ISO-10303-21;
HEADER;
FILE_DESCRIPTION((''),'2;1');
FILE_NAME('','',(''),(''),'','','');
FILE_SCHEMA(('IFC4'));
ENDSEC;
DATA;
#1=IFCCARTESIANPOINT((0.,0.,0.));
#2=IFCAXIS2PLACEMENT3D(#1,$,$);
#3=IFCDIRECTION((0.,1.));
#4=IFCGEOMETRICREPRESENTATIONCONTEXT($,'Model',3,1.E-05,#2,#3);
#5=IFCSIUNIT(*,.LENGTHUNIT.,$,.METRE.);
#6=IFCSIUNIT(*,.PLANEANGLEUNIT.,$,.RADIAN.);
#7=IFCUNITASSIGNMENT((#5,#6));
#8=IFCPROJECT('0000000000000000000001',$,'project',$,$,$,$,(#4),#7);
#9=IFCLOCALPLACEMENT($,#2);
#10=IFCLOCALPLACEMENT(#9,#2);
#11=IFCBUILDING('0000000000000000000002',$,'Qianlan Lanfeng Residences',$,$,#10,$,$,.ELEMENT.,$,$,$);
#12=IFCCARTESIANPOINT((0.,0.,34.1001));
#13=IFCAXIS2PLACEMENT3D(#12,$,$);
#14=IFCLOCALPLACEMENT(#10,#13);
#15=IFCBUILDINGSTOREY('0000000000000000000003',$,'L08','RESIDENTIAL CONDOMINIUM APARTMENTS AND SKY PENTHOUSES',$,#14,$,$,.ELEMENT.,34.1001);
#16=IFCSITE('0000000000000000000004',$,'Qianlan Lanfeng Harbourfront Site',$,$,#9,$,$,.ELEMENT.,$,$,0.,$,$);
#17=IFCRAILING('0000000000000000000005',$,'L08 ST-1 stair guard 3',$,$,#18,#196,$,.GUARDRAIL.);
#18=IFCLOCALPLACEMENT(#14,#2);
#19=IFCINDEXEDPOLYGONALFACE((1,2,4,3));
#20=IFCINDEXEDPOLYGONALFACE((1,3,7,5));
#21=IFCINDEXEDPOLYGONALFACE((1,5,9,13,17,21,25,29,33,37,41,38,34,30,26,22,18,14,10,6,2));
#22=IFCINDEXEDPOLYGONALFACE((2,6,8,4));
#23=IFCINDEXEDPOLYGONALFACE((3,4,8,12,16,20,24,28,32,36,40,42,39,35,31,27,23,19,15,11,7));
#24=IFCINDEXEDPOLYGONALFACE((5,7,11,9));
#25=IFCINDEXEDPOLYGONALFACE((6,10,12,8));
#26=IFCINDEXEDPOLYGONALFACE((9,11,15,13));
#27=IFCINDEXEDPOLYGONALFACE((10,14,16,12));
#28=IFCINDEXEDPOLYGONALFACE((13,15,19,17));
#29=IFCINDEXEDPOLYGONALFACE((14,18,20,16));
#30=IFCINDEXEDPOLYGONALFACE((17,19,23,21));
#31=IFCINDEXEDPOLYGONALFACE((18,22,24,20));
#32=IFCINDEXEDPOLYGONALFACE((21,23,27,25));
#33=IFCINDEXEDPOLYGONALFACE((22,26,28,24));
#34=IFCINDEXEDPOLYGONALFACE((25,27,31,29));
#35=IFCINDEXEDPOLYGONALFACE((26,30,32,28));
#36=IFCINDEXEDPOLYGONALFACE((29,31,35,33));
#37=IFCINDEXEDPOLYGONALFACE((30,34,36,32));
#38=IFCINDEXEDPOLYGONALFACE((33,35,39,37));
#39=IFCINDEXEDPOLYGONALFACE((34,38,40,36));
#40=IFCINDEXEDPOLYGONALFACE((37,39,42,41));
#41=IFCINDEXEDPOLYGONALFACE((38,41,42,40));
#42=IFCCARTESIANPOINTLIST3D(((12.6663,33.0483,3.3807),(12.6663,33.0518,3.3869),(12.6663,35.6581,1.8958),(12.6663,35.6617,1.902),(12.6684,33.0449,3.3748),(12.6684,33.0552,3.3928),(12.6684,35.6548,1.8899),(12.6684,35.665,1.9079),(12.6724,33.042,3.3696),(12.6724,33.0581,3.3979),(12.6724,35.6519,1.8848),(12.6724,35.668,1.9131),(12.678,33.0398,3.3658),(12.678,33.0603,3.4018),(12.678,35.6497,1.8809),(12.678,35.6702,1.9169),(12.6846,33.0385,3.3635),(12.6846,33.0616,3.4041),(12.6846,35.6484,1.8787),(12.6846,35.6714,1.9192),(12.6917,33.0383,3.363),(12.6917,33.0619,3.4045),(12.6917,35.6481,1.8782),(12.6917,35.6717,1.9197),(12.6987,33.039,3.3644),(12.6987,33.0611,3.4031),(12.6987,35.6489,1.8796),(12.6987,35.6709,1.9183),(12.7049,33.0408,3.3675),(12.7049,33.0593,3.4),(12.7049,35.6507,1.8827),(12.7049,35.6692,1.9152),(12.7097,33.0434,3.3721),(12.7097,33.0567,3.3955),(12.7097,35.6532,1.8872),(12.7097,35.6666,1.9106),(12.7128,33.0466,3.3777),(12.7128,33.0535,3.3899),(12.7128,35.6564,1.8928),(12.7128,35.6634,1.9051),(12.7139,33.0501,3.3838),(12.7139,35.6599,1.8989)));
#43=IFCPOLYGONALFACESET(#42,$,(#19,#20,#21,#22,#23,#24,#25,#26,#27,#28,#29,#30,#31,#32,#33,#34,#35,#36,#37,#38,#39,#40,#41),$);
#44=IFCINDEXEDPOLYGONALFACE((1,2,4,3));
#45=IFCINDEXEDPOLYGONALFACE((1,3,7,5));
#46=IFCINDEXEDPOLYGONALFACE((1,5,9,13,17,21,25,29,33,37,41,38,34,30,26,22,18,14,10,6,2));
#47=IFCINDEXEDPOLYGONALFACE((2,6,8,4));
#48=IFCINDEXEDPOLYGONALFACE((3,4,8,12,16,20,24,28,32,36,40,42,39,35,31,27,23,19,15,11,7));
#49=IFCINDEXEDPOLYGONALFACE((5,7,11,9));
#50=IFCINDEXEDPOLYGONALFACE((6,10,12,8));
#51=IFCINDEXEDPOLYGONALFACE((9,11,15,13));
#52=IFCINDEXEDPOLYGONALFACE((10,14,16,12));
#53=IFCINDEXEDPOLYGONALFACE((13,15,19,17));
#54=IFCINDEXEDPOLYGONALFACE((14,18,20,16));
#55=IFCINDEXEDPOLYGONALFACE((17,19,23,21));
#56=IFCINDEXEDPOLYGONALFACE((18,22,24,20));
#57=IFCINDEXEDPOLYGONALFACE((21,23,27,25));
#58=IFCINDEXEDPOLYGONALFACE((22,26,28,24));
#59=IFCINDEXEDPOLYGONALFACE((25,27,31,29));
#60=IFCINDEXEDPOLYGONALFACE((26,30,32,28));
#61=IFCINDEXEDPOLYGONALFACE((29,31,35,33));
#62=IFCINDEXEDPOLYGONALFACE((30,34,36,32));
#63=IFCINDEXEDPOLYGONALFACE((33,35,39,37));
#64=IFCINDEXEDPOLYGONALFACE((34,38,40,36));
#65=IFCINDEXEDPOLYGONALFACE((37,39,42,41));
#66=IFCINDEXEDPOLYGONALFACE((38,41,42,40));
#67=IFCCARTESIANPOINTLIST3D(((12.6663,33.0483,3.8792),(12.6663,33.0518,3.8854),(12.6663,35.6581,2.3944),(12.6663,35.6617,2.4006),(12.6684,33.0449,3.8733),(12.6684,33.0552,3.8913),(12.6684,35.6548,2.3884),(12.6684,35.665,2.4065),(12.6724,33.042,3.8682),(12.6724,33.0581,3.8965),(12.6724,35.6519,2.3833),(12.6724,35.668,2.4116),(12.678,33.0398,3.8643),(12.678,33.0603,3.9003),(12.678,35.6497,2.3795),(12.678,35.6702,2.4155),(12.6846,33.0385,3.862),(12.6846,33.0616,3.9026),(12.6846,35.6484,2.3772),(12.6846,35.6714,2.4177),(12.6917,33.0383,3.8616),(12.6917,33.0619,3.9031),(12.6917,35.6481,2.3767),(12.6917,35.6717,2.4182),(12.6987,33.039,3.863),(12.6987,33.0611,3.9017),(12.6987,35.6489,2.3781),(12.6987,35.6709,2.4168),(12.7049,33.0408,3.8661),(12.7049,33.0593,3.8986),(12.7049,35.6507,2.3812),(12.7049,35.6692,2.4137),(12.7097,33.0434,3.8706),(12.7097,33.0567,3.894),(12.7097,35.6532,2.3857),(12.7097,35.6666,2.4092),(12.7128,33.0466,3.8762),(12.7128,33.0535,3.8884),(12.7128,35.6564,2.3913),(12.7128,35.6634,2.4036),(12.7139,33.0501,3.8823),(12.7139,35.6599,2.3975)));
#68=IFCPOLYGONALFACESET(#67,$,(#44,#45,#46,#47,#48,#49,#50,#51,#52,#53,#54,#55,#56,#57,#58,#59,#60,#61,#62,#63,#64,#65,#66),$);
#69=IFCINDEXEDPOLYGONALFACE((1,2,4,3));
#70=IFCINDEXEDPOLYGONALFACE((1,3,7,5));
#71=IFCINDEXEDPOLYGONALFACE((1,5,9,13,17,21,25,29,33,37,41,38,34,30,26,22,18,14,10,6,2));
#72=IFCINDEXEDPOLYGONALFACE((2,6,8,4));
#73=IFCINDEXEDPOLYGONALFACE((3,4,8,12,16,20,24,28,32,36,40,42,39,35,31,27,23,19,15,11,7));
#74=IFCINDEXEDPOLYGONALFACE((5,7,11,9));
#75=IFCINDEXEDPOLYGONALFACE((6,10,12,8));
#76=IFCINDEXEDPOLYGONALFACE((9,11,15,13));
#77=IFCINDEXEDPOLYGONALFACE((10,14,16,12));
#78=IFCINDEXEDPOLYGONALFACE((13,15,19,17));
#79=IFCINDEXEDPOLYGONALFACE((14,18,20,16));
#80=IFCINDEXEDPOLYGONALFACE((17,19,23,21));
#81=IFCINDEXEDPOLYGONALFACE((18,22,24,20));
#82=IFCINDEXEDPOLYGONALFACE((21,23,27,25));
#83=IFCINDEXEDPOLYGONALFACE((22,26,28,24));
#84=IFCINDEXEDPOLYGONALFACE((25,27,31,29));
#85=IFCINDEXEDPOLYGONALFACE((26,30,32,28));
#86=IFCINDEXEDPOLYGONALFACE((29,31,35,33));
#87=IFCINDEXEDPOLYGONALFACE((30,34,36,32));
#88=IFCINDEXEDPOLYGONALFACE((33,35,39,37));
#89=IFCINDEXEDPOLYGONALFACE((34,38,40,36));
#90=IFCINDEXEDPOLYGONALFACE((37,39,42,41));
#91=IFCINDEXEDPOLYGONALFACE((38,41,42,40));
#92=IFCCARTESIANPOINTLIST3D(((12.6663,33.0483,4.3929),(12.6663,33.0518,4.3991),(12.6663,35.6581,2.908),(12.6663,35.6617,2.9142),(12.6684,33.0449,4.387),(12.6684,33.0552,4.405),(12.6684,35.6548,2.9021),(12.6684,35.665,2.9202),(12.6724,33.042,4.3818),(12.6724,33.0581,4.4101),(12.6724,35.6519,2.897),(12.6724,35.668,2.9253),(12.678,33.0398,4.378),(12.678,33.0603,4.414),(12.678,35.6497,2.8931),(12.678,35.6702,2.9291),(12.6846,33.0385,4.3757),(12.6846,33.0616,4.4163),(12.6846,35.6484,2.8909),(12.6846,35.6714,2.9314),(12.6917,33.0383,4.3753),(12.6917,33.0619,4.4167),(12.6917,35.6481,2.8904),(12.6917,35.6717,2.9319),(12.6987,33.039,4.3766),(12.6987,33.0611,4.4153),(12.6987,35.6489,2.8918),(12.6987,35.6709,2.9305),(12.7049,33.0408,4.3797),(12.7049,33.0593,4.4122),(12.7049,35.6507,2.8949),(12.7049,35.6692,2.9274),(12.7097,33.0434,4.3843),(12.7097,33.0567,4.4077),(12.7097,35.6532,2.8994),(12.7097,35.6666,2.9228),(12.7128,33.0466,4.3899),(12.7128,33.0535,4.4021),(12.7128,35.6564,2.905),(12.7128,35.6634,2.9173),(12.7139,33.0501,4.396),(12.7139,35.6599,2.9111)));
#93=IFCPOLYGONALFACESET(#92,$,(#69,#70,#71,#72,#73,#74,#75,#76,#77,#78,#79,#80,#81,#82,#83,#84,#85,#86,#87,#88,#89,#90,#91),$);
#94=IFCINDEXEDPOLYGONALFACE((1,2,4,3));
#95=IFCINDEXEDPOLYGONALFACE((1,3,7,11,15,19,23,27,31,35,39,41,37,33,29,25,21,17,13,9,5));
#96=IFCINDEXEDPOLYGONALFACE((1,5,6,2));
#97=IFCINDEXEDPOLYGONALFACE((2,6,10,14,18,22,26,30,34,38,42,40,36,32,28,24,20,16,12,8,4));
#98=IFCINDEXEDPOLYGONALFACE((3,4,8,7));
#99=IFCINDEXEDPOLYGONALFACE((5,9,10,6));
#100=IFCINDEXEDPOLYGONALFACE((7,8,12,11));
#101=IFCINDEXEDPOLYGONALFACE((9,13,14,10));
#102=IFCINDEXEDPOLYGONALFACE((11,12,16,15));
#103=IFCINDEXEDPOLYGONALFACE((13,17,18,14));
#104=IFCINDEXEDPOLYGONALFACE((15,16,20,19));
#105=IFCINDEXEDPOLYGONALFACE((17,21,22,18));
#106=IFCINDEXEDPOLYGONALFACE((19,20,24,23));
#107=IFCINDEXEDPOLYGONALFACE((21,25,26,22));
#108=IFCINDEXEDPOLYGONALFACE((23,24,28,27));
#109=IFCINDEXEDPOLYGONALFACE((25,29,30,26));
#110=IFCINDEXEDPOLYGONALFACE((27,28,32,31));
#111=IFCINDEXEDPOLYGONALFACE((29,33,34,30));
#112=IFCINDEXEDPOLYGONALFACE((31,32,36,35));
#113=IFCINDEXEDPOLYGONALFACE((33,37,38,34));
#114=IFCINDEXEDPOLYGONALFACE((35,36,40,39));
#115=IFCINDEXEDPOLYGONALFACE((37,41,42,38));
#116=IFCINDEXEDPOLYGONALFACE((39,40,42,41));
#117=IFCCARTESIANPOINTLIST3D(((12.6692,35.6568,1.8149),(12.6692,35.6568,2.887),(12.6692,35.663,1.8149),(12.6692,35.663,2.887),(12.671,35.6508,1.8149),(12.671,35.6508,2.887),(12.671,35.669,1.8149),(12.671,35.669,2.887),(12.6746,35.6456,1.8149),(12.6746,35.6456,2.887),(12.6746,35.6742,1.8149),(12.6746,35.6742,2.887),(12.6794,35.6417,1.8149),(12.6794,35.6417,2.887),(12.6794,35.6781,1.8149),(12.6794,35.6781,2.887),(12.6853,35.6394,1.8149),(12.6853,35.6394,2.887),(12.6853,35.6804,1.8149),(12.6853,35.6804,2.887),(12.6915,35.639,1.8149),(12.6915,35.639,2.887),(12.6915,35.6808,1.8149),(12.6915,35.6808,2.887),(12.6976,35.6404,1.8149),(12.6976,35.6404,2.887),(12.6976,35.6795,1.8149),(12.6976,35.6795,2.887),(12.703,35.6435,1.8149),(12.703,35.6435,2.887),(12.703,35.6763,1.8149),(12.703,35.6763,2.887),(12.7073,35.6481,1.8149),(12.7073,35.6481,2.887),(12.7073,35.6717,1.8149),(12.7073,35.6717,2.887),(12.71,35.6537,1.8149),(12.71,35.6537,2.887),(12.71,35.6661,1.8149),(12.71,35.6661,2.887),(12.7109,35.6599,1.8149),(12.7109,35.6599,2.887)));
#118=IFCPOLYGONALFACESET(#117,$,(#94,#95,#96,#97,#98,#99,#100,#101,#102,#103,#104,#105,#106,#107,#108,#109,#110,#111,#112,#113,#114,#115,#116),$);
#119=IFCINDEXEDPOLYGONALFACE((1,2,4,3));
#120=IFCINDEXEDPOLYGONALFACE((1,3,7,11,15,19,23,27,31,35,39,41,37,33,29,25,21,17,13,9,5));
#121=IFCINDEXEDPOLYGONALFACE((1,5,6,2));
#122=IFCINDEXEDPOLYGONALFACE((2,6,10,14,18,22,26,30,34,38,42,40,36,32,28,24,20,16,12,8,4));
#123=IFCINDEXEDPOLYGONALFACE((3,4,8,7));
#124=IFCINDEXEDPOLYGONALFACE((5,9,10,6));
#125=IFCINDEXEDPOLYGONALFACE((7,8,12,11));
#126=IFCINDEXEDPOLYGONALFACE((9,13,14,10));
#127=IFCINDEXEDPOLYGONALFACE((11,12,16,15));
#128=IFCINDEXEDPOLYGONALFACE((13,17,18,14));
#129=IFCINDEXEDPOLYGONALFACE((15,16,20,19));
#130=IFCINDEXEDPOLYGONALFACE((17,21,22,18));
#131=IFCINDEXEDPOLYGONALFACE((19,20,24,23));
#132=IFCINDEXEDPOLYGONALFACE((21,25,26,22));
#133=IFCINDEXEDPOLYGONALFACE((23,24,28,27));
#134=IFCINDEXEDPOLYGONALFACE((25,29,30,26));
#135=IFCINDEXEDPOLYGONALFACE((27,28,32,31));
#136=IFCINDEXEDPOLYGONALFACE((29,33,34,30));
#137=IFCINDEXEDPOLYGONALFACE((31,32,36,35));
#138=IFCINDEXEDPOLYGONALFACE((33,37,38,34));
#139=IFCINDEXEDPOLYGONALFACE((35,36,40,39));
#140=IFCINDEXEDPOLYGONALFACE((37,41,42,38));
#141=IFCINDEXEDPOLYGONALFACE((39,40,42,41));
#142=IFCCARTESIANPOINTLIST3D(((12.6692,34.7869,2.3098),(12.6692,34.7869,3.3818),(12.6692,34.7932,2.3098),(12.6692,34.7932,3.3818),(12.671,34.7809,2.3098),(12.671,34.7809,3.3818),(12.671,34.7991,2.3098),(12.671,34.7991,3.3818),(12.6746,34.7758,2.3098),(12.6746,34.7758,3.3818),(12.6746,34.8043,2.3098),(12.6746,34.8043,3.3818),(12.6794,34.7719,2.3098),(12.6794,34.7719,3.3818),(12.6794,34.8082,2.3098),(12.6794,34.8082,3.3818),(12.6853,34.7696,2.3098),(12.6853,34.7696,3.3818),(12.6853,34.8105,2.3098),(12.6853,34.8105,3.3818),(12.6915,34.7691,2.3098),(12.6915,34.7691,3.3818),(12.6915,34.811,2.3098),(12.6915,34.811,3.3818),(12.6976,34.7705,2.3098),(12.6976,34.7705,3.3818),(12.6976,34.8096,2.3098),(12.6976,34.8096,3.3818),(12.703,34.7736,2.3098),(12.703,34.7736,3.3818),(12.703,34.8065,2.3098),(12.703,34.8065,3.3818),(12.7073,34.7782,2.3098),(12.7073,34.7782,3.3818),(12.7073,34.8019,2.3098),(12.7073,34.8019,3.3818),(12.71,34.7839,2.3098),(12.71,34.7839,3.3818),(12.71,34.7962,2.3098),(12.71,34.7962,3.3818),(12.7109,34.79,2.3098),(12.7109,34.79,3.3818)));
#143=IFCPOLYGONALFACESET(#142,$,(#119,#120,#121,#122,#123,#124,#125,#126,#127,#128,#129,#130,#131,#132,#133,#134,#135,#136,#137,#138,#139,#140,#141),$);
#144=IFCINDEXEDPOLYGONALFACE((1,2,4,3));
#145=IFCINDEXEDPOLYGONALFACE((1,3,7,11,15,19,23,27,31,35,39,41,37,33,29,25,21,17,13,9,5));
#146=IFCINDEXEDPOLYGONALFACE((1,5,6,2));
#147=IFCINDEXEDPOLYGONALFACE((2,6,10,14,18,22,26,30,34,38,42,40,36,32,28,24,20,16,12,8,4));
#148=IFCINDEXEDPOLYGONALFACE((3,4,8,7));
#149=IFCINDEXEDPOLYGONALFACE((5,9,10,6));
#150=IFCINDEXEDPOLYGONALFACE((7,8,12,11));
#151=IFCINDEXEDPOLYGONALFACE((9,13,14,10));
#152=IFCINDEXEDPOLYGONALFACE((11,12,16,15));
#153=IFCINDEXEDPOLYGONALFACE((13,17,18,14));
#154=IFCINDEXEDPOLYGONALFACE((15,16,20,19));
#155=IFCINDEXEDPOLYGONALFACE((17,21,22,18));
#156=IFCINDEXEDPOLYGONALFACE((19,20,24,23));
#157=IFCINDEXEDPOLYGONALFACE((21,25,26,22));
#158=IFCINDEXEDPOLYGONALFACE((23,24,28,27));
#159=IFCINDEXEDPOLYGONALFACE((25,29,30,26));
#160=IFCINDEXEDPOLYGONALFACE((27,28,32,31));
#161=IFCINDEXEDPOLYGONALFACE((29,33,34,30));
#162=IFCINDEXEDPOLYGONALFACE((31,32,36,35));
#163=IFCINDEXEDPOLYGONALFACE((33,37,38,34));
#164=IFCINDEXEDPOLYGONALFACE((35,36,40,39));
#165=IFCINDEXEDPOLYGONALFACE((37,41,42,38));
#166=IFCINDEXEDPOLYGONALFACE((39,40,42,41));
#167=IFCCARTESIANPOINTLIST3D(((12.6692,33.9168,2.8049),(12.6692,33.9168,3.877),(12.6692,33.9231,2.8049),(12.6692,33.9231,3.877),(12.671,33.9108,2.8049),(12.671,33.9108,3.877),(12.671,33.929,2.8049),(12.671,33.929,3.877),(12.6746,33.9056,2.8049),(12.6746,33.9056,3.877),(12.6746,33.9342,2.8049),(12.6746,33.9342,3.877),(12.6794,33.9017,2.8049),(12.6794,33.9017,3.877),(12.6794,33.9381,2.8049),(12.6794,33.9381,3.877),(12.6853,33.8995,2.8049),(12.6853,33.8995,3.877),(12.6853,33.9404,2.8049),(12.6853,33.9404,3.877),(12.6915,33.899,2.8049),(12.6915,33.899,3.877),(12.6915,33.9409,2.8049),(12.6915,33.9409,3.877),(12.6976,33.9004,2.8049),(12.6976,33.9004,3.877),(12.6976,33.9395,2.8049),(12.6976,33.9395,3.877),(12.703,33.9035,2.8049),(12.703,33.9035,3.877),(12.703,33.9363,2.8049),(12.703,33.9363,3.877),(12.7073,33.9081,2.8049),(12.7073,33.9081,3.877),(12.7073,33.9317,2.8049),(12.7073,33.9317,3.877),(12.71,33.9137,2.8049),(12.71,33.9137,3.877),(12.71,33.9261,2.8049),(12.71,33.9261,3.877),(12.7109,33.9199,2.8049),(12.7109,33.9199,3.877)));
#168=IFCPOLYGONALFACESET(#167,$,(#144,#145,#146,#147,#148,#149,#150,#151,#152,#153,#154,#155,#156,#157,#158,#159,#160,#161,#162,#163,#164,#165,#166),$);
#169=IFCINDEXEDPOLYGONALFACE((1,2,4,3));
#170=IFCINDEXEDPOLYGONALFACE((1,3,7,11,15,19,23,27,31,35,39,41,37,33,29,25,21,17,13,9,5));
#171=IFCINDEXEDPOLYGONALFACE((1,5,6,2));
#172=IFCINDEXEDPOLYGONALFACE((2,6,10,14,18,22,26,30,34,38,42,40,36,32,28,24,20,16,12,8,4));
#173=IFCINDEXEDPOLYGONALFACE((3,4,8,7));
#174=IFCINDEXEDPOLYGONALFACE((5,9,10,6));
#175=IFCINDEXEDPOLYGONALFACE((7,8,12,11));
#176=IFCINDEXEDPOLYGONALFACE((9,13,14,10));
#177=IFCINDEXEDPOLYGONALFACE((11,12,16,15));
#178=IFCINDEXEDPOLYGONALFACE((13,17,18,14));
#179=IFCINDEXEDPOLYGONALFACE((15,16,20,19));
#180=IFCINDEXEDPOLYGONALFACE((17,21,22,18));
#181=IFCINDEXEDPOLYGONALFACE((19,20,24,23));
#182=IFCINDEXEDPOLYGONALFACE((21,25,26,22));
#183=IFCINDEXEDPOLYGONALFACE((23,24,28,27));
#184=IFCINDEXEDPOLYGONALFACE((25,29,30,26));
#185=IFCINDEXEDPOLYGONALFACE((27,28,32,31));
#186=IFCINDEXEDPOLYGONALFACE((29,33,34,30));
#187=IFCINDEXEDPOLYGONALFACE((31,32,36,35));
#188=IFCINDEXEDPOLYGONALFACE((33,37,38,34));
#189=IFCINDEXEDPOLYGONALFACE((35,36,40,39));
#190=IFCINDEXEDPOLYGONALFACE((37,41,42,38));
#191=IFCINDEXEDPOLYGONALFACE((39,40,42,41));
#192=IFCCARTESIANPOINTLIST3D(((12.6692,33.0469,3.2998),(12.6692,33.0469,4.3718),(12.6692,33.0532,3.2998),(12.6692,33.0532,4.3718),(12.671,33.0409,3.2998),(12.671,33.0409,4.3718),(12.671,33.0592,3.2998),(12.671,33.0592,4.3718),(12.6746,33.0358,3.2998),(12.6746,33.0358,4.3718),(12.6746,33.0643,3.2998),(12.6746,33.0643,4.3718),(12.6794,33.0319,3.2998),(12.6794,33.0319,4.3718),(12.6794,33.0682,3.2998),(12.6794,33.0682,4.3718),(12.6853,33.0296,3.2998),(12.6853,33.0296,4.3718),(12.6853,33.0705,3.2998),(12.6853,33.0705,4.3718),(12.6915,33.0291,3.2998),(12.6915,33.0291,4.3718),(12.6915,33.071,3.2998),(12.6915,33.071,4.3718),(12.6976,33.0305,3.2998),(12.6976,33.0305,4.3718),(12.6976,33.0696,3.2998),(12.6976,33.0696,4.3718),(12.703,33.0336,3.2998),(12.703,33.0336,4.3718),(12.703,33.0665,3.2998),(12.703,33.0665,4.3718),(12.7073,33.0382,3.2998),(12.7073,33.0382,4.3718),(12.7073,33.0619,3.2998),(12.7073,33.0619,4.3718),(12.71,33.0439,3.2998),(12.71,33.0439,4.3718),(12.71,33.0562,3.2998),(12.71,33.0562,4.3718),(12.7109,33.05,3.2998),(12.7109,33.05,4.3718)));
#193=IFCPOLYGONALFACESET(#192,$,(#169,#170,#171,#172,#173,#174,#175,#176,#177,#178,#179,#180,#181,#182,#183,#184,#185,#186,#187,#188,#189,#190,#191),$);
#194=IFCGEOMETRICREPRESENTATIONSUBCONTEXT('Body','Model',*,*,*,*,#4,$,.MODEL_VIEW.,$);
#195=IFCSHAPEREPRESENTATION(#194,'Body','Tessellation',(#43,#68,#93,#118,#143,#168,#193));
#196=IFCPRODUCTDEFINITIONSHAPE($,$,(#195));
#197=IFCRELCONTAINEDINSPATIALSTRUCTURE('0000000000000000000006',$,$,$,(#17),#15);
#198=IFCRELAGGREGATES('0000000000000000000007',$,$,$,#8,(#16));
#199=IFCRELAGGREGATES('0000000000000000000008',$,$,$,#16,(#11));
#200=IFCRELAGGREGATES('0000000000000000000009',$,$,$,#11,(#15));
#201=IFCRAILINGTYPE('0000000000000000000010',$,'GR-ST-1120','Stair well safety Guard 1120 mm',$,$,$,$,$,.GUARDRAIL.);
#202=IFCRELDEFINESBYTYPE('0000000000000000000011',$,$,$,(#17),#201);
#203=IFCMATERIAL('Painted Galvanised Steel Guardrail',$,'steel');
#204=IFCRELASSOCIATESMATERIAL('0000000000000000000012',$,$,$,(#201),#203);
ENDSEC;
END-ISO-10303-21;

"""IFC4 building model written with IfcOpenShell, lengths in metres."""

from ifc_helpers import new_model, si_unit, direction, frame, origin, origin_2d, place, context, subcontext, project, spatial, circle, extrude, material, type_object, element, save


model = new_model("IFC4")

# Units and contexts
model_context = context("Model", 3, precision=1e-05, world=origin(), true_north=direction((0.0, 1.0)))
body_context = subcontext(model_context, "Body", "Model", "MODEL_VIEW")
ifc_project = project(units=[si_unit("LENGTHUNIT", "METRE"), si_unit("PLANEANGLEUNIT", "RADIAN")], contexts=[model_context])

# Site, building, storey
site_placement = place(None, origin())
site = spatial("IfcSite", under=ifc_project, at=site_placement, Name="Qianlan Lanfeng Harbourfront Site", CompositionType="ELEMENT", RefElevation=0.0)
building_placement = place(site_placement, origin())
building = spatial("IfcBuilding", under=site, at=building_placement, Name="Qianlan Lanfeng Residences", CompositionType="ELEMENT")
storey_placement = place(building_placement, frame((0.0, 0.0, 34.1001)))
storey = spatial("IfcBuildingStorey", under=building, at=storey_placement, Name="L08", Description="RESIDENTIAL CONDOMINIUM APARTMENTS AND SKY PENTHOUSES", CompositionType="ELEMENT", Elevation=34.1001)

# Railing
ifc_material_1 = material(Name="Painted Galvanised Steel Guardrail", Category="steel")
railing_type_1 = type_object("IfcRailingType", Name="GR-ST-1120", Description="Stair well safety Guard 1120 mm", PredefinedType="GUARDRAIL", material=ifc_material_1)
railing_1_placement = place(storey_placement, frame((12.6899, 35.6599, 1.8149)))
element("IfcRailing", 1, at=railing_1_placement, inside=storey, type_object=railing_type_1, Name="L08 ST-1 stair guard 3", PredefinedType="GUARDRAIL", context=body_context, shape_type="SweptSolid", body=[
    extrude(circle(Radius=0.0239, at=origin_2d()), frame((0.0, 0.0, 0.084), z_axis=(0.0, -0.869172, 0.494509), x_axis=(1.0, 0.0, 0.0)), (0.0, 0.0, 1.0), 3.0027),
    extrude(circle(Radius=0.0239, at=origin_2d()), frame((0.0, 0.0, 0.5825), z_axis=(0.0, -0.869172, 0.494509), x_axis=(1.0, 0.0, 0.0)), (0.0, 0.0, 1.0), 3.0027),
    extrude(circle(Radius=0.0239, at=origin_2d()), frame((0.0, 0.0, 1.0962), z_axis=(0.0, -0.869172, 0.494509), x_axis=(1.0, 0.0, 0.0)), (0.0, 0.0, 1.0), 3.0027),
    extrude(circle(Radius=0.021, at=origin_2d()), origin(), (0.0, 0.0, 1.0), 1.072),
    extrude(circle(Radius=0.021, at=origin_2d()), frame((0.0, -0.8699, 0.4949)), (0.0, 0.0, 1.0), 1.072),
    extrude(circle(Radius=0.021, at=origin_2d()), frame((0.0, -1.74, 0.99)), (0.0, 0.0, 1.0), 1.072),
    extrude(circle(Radius=0.021, at=origin_2d()), frame((0.0, -2.6099, 1.4849)), (0.0, 0.0, 1.0), 1.072),
])

save(model, "model.ifc")
